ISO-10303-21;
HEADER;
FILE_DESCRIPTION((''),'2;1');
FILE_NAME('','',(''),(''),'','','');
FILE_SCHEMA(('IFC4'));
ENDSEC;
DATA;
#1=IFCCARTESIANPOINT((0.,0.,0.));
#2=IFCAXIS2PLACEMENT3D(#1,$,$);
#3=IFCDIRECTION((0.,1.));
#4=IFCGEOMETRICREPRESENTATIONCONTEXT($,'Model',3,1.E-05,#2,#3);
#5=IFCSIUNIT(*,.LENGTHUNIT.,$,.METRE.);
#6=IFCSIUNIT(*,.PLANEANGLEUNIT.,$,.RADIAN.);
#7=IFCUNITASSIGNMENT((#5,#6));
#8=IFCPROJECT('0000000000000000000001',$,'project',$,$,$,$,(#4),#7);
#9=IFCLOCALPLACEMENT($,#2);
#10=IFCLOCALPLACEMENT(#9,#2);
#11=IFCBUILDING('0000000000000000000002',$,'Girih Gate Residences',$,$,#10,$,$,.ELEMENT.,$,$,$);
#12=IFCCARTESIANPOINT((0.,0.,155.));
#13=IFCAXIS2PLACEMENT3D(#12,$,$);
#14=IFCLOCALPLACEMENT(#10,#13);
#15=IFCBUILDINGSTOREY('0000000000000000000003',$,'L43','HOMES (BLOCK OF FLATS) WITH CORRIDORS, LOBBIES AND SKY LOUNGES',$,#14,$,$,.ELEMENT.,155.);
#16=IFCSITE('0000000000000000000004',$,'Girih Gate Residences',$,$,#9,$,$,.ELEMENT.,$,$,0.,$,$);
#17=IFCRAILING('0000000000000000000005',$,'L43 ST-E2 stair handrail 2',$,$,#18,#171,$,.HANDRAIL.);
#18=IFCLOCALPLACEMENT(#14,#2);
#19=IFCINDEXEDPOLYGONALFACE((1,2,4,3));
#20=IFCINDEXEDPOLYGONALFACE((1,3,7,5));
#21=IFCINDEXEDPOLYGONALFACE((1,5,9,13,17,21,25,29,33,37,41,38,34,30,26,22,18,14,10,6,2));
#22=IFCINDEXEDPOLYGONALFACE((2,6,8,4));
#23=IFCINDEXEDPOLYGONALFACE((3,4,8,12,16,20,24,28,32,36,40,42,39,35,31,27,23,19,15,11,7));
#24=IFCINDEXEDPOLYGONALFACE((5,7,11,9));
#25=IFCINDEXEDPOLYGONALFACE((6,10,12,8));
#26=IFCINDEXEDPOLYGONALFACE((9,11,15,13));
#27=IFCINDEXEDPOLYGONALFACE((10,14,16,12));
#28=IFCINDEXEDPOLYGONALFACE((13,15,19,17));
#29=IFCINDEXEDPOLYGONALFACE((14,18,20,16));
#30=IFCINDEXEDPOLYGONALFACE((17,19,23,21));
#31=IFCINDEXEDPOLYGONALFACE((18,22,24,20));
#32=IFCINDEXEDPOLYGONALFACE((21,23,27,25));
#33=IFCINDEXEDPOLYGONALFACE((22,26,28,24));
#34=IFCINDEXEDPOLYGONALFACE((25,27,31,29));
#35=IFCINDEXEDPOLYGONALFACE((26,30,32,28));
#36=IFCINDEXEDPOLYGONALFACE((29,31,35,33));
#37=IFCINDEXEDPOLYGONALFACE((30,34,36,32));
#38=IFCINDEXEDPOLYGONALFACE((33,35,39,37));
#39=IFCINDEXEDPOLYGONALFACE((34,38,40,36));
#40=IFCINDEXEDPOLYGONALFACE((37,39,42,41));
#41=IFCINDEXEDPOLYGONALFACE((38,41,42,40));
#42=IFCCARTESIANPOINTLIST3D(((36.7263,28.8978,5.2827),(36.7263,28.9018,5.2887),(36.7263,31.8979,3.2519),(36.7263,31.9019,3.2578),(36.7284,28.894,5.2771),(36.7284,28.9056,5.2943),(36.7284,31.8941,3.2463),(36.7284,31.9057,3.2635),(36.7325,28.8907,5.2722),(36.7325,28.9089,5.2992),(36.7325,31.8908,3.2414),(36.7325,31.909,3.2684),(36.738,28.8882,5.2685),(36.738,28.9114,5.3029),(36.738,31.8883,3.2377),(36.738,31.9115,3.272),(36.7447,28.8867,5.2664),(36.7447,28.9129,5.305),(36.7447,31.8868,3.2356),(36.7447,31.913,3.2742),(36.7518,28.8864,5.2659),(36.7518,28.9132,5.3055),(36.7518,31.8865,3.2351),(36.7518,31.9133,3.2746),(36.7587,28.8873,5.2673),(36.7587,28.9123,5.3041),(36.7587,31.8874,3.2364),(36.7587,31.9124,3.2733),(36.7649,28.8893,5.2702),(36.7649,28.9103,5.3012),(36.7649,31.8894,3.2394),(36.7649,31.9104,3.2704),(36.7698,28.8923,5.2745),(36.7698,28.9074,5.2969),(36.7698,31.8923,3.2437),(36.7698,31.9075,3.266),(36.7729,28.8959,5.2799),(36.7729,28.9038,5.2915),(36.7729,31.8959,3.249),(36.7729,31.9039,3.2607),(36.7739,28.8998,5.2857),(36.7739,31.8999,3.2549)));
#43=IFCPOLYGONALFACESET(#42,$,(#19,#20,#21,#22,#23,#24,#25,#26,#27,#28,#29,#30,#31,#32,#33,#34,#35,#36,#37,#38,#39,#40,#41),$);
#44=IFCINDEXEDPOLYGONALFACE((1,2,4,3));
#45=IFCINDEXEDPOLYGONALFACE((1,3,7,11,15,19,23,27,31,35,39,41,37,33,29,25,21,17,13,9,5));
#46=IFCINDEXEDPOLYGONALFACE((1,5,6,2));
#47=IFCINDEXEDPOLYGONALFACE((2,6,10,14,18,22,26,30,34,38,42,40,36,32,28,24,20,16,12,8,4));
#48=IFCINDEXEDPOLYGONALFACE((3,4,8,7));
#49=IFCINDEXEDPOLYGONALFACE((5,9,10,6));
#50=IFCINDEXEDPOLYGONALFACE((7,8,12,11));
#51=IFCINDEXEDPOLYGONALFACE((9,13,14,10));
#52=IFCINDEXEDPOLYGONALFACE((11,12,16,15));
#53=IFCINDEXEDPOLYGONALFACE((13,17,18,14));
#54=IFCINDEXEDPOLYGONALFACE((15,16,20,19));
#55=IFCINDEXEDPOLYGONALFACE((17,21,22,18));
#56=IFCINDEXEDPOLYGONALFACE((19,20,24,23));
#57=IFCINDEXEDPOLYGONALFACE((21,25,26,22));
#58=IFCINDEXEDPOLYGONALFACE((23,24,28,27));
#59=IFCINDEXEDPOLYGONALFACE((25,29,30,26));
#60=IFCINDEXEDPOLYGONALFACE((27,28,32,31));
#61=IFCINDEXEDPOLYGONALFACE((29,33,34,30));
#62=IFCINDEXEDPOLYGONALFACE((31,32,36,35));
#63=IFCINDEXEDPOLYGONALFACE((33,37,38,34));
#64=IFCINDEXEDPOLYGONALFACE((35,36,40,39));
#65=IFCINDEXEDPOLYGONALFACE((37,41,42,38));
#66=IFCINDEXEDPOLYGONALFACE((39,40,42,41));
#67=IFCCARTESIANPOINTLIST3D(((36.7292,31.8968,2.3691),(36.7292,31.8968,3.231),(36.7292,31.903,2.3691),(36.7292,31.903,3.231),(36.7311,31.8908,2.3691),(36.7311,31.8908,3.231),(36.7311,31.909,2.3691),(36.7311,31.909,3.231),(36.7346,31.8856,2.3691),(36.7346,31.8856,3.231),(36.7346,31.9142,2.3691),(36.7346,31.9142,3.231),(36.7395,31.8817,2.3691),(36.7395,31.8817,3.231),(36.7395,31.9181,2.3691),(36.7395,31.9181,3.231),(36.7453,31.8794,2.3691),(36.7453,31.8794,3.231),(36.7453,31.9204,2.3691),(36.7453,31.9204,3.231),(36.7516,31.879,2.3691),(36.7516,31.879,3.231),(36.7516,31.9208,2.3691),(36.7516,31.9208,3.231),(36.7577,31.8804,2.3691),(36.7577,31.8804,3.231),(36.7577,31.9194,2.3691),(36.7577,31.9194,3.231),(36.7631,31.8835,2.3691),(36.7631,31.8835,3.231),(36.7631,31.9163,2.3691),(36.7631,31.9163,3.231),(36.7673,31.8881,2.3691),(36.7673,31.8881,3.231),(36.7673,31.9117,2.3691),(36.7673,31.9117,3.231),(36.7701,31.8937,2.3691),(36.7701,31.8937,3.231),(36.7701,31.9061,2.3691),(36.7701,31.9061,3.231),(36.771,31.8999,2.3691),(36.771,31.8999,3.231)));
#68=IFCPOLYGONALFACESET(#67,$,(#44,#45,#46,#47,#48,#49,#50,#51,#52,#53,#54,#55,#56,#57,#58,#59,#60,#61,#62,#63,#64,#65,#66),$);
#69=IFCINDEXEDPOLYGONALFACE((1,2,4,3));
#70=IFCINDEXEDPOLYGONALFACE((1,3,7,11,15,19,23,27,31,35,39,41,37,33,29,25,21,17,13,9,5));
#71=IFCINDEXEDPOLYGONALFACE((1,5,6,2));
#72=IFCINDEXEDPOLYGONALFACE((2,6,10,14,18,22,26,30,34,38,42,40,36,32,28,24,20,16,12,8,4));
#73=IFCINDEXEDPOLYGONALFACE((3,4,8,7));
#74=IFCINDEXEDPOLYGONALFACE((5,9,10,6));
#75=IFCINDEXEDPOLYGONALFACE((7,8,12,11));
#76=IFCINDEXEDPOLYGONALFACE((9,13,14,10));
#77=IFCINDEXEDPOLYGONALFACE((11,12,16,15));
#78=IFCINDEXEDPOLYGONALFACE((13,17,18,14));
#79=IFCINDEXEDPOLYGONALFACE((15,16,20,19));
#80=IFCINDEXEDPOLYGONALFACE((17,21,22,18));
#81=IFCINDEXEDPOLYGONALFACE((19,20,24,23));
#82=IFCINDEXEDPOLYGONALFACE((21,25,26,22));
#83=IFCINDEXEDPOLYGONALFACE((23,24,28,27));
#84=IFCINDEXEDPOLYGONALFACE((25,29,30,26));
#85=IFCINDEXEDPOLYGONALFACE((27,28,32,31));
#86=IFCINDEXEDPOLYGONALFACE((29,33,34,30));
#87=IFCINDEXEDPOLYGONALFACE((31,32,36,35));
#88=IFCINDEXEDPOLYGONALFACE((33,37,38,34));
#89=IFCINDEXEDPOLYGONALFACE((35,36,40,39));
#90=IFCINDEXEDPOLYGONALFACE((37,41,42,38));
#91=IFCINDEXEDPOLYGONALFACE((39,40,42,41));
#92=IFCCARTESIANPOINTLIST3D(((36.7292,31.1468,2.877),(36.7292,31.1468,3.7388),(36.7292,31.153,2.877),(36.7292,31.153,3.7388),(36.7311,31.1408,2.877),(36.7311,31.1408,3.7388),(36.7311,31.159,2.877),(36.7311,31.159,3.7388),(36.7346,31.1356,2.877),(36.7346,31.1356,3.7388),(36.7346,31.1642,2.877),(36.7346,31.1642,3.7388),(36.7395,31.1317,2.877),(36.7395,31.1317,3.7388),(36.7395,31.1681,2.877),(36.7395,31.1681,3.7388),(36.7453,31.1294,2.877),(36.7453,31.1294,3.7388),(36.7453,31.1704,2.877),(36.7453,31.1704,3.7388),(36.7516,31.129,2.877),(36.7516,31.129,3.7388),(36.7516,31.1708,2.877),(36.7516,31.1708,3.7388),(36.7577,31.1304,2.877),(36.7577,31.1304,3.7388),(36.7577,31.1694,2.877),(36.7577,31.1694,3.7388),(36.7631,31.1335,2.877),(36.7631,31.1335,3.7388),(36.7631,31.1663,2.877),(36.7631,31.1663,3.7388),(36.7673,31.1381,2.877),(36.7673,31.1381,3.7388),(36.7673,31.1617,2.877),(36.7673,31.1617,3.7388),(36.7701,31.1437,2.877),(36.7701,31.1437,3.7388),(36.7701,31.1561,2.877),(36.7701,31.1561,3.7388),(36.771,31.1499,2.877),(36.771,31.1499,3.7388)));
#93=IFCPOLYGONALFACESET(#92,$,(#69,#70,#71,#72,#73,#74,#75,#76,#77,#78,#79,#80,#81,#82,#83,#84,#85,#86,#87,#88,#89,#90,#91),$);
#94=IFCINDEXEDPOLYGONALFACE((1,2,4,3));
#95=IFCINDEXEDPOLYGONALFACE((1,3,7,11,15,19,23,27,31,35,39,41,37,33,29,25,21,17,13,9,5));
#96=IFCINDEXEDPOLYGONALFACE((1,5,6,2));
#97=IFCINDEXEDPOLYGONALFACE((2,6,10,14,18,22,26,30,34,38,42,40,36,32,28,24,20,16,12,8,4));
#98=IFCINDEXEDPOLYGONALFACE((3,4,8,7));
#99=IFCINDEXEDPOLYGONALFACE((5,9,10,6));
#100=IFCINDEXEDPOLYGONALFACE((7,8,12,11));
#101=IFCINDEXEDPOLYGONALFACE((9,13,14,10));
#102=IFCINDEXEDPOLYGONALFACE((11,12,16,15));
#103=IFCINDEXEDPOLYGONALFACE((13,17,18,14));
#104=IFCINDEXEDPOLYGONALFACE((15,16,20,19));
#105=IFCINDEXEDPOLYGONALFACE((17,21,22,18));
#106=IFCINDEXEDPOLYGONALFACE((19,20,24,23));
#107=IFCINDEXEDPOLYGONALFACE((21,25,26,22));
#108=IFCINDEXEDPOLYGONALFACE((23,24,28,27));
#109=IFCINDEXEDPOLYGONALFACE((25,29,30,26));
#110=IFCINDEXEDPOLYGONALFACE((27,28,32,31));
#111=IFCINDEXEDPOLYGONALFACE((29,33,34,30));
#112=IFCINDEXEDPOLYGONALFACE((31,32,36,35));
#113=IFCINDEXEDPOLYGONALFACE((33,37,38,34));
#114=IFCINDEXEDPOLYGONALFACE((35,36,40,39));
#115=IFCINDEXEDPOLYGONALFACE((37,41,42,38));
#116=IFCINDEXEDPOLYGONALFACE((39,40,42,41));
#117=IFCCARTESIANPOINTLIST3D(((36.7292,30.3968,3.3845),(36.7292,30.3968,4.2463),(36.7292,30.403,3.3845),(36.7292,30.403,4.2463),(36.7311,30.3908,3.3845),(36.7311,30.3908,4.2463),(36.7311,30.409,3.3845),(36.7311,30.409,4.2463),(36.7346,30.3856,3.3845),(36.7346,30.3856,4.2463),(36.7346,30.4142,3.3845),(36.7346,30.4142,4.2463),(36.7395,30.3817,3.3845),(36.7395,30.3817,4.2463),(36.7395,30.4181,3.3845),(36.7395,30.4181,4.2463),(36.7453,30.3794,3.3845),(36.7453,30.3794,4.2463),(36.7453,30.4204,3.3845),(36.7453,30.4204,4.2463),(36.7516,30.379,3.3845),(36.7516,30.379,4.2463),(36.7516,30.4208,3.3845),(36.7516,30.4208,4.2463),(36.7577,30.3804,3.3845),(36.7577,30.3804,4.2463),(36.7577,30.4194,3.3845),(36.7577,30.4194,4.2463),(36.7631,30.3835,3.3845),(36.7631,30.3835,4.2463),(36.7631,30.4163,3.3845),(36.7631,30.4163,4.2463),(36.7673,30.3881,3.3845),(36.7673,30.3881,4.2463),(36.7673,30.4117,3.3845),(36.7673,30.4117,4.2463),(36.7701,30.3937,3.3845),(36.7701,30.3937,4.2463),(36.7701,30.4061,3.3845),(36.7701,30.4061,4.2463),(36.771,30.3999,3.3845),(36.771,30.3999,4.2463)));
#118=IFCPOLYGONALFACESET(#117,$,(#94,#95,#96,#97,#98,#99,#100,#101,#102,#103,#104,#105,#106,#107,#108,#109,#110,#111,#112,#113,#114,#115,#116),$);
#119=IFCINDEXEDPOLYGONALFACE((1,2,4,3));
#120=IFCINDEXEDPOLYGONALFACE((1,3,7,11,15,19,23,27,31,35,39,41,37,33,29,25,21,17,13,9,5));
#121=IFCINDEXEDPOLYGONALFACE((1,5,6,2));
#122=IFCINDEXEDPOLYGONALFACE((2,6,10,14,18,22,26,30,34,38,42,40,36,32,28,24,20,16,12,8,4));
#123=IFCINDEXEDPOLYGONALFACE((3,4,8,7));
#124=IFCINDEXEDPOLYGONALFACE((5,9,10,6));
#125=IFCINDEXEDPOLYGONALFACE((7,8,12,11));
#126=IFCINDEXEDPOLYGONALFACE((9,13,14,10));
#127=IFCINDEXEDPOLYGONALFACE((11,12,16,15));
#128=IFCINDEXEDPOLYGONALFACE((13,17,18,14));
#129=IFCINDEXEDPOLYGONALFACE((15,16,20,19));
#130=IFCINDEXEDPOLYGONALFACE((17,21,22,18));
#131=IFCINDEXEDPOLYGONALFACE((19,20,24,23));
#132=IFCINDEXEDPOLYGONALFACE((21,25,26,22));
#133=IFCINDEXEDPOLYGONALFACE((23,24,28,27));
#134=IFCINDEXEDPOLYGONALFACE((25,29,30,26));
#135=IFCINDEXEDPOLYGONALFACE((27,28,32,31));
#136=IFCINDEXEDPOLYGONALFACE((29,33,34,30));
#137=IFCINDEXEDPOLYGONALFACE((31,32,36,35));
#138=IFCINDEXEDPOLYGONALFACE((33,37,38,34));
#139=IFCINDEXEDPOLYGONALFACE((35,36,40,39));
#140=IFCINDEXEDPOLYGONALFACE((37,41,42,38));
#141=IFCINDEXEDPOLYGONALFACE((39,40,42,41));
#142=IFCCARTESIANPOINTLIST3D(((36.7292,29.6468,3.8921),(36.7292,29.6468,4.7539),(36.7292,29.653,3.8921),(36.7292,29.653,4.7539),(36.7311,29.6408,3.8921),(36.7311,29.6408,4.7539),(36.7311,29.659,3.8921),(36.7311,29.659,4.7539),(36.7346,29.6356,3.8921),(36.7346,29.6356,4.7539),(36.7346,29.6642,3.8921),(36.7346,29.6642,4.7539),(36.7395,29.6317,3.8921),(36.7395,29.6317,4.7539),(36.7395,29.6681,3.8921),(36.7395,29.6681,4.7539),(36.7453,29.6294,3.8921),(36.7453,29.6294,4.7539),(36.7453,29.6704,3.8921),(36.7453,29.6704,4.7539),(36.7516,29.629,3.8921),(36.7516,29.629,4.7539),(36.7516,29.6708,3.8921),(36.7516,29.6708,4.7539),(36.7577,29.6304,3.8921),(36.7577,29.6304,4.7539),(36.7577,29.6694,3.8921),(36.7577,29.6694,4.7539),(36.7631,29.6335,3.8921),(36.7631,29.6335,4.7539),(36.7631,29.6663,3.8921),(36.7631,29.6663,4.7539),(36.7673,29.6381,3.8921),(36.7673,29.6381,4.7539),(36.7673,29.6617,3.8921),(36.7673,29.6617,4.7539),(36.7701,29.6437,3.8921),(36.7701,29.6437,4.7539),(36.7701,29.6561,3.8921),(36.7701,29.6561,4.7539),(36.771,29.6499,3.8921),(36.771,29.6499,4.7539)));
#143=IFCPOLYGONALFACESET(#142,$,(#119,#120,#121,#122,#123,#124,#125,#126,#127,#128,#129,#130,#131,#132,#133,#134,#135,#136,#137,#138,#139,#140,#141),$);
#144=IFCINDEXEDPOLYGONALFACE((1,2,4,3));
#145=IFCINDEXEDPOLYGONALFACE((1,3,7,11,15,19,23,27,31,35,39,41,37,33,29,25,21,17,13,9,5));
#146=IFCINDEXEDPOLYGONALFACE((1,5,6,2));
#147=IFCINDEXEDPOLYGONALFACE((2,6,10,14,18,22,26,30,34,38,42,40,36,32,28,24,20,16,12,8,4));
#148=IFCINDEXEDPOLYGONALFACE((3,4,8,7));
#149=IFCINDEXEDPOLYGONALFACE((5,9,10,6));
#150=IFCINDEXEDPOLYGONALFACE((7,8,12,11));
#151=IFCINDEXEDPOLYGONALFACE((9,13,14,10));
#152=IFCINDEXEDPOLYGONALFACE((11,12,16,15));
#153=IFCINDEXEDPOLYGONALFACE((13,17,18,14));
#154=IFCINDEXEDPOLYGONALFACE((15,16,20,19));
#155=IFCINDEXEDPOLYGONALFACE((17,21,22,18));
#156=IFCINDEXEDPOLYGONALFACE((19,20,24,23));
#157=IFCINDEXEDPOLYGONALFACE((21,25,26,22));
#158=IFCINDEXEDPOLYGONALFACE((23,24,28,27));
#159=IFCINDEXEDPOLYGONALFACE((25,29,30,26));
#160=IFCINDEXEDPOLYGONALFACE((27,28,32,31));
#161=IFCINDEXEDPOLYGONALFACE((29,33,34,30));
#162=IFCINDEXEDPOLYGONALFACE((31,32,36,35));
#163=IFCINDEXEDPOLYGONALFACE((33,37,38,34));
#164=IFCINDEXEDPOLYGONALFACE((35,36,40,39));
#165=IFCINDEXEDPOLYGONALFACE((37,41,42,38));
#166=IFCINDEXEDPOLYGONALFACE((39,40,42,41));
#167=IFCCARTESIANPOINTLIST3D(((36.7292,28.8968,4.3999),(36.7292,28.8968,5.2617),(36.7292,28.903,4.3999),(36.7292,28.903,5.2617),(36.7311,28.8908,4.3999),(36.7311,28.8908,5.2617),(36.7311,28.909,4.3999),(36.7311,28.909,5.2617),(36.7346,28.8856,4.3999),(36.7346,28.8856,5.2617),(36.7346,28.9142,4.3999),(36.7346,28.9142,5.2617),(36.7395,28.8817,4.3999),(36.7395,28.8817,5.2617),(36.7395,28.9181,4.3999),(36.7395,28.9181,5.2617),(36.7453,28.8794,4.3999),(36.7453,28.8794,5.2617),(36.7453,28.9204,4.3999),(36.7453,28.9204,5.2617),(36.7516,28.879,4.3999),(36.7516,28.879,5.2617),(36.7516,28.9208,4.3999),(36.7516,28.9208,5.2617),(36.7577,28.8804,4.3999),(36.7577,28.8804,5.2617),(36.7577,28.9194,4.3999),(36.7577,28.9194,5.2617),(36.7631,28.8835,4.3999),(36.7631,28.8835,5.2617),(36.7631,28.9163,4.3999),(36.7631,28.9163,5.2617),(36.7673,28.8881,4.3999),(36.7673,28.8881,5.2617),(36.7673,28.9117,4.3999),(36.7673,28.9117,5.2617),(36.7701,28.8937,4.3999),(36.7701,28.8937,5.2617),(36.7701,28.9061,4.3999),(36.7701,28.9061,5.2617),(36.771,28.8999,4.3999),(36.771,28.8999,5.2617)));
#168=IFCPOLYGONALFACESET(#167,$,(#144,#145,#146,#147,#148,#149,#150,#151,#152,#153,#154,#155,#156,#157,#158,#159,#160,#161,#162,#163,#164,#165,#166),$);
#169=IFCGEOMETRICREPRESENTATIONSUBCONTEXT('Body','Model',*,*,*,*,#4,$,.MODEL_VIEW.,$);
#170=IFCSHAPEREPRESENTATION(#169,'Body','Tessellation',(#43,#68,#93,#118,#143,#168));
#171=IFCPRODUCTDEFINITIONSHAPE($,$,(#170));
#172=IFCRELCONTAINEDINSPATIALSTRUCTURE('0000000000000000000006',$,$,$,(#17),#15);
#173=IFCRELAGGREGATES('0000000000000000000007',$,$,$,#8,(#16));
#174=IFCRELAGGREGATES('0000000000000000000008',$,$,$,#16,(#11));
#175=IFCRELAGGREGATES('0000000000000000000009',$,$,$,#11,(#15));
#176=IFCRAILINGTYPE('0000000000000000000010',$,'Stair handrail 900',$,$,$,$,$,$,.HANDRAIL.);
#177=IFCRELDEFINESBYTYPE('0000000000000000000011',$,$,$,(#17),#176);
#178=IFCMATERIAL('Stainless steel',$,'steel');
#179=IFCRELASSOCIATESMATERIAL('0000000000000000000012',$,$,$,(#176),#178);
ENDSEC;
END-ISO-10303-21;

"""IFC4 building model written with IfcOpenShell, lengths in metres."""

from ifc_helpers import new_model, si_unit, direction, frame, origin, origin_2d, place, context, subcontext, project, spatial, circle, extrude, material, type_object, element, save


model = new_model("IFC4")

# Units and contexts
model_context = context("Model", 3, precision=1e-05, world=origin(), true_north=direction((0.0, 1.0)))
body_context = subcontext(model_context, "Body", "Model", "MODEL_VIEW")
ifc_project = project(units=[si_unit("LENGTHUNIT", "METRE"), si_unit("PLANEANGLEUNIT", "RADIAN")], contexts=[model_context])

# Site, building, storey
site_placement = place(None, origin())
site = spatial("IfcSite", under=ifc_project, at=site_placement, Name="Girih Gate Residences", CompositionType="ELEMENT", RefElevation=0.0)
building_placement = place(site_placement, origin())
building = spatial("IfcBuilding", under=site, at=building_placement, Name="Girih Gate Residences", CompositionType="ELEMENT")
storey_placement = place(building_placement, frame((0.0, 0.0, 155.0)))
storey = spatial("IfcBuildingStorey", under=building, at=storey_placement, Name="L43", Description="HOMES (BLOCK OF FLATS) WITH CORRIDORS, LOBBIES AND SKY LOUNGES", CompositionType="ELEMENT", Elevation=155.0)

# Railing
ifc_material_1 = material(Name="Stainless steel", Category="steel")
railing_type_1 = type_object("IfcRailingType", Name="Stair handrail 900", PredefinedType="HANDRAIL", material=ifc_material_1)
railing_1_placement = place(storey_placement, frame((36.75, 31.8999, 2.3691)))
element("IfcRailing", 1, at=railing_1_placement, inside=storey, type_object=railing_type_1, Name="L43 ST-E2 stair handrail 2", PredefinedType="HANDRAIL", context=body_context, shape_type="SweptSolid", body=[
    extrude(circle(Radius=0.0239, at=origin_2d()), frame((0.0, 0.0, 0.8857), z_axis=(0.0, -0.82811, 0.560565), x_axis=(1.0, 0.0, 0.0)), (0.0, 0.0, 1.0), 3.6228),
    extrude(circle(Radius=0.021, at=origin_2d()), origin(), (0.0, 0.0, 1.0), 0.8618),
    extrude(circle(Radius=0.021, at=origin_2d()), frame((0.0, -0.75, 0.5078)), (0.0, 0.0, 1.0), 0.8618),
    extrude(circle(Radius=0.021, at=origin_2d()), frame((0.0, -1.5, 1.0154)), (0.0, 0.0, 1.0), 0.8618),
    extrude(circle(Radius=0.021, at=origin_2d()), frame((0.0, -2.25, 1.5229)), (0.0, 0.0, 1.0), 0.8618),
    extrude(circle(Radius=0.021, at=origin_2d()), frame((0.0, -3.0, 2.0308)), (0.0, 0.0, 1.0), 0.8618),
])

save(model, "model.ifc")
